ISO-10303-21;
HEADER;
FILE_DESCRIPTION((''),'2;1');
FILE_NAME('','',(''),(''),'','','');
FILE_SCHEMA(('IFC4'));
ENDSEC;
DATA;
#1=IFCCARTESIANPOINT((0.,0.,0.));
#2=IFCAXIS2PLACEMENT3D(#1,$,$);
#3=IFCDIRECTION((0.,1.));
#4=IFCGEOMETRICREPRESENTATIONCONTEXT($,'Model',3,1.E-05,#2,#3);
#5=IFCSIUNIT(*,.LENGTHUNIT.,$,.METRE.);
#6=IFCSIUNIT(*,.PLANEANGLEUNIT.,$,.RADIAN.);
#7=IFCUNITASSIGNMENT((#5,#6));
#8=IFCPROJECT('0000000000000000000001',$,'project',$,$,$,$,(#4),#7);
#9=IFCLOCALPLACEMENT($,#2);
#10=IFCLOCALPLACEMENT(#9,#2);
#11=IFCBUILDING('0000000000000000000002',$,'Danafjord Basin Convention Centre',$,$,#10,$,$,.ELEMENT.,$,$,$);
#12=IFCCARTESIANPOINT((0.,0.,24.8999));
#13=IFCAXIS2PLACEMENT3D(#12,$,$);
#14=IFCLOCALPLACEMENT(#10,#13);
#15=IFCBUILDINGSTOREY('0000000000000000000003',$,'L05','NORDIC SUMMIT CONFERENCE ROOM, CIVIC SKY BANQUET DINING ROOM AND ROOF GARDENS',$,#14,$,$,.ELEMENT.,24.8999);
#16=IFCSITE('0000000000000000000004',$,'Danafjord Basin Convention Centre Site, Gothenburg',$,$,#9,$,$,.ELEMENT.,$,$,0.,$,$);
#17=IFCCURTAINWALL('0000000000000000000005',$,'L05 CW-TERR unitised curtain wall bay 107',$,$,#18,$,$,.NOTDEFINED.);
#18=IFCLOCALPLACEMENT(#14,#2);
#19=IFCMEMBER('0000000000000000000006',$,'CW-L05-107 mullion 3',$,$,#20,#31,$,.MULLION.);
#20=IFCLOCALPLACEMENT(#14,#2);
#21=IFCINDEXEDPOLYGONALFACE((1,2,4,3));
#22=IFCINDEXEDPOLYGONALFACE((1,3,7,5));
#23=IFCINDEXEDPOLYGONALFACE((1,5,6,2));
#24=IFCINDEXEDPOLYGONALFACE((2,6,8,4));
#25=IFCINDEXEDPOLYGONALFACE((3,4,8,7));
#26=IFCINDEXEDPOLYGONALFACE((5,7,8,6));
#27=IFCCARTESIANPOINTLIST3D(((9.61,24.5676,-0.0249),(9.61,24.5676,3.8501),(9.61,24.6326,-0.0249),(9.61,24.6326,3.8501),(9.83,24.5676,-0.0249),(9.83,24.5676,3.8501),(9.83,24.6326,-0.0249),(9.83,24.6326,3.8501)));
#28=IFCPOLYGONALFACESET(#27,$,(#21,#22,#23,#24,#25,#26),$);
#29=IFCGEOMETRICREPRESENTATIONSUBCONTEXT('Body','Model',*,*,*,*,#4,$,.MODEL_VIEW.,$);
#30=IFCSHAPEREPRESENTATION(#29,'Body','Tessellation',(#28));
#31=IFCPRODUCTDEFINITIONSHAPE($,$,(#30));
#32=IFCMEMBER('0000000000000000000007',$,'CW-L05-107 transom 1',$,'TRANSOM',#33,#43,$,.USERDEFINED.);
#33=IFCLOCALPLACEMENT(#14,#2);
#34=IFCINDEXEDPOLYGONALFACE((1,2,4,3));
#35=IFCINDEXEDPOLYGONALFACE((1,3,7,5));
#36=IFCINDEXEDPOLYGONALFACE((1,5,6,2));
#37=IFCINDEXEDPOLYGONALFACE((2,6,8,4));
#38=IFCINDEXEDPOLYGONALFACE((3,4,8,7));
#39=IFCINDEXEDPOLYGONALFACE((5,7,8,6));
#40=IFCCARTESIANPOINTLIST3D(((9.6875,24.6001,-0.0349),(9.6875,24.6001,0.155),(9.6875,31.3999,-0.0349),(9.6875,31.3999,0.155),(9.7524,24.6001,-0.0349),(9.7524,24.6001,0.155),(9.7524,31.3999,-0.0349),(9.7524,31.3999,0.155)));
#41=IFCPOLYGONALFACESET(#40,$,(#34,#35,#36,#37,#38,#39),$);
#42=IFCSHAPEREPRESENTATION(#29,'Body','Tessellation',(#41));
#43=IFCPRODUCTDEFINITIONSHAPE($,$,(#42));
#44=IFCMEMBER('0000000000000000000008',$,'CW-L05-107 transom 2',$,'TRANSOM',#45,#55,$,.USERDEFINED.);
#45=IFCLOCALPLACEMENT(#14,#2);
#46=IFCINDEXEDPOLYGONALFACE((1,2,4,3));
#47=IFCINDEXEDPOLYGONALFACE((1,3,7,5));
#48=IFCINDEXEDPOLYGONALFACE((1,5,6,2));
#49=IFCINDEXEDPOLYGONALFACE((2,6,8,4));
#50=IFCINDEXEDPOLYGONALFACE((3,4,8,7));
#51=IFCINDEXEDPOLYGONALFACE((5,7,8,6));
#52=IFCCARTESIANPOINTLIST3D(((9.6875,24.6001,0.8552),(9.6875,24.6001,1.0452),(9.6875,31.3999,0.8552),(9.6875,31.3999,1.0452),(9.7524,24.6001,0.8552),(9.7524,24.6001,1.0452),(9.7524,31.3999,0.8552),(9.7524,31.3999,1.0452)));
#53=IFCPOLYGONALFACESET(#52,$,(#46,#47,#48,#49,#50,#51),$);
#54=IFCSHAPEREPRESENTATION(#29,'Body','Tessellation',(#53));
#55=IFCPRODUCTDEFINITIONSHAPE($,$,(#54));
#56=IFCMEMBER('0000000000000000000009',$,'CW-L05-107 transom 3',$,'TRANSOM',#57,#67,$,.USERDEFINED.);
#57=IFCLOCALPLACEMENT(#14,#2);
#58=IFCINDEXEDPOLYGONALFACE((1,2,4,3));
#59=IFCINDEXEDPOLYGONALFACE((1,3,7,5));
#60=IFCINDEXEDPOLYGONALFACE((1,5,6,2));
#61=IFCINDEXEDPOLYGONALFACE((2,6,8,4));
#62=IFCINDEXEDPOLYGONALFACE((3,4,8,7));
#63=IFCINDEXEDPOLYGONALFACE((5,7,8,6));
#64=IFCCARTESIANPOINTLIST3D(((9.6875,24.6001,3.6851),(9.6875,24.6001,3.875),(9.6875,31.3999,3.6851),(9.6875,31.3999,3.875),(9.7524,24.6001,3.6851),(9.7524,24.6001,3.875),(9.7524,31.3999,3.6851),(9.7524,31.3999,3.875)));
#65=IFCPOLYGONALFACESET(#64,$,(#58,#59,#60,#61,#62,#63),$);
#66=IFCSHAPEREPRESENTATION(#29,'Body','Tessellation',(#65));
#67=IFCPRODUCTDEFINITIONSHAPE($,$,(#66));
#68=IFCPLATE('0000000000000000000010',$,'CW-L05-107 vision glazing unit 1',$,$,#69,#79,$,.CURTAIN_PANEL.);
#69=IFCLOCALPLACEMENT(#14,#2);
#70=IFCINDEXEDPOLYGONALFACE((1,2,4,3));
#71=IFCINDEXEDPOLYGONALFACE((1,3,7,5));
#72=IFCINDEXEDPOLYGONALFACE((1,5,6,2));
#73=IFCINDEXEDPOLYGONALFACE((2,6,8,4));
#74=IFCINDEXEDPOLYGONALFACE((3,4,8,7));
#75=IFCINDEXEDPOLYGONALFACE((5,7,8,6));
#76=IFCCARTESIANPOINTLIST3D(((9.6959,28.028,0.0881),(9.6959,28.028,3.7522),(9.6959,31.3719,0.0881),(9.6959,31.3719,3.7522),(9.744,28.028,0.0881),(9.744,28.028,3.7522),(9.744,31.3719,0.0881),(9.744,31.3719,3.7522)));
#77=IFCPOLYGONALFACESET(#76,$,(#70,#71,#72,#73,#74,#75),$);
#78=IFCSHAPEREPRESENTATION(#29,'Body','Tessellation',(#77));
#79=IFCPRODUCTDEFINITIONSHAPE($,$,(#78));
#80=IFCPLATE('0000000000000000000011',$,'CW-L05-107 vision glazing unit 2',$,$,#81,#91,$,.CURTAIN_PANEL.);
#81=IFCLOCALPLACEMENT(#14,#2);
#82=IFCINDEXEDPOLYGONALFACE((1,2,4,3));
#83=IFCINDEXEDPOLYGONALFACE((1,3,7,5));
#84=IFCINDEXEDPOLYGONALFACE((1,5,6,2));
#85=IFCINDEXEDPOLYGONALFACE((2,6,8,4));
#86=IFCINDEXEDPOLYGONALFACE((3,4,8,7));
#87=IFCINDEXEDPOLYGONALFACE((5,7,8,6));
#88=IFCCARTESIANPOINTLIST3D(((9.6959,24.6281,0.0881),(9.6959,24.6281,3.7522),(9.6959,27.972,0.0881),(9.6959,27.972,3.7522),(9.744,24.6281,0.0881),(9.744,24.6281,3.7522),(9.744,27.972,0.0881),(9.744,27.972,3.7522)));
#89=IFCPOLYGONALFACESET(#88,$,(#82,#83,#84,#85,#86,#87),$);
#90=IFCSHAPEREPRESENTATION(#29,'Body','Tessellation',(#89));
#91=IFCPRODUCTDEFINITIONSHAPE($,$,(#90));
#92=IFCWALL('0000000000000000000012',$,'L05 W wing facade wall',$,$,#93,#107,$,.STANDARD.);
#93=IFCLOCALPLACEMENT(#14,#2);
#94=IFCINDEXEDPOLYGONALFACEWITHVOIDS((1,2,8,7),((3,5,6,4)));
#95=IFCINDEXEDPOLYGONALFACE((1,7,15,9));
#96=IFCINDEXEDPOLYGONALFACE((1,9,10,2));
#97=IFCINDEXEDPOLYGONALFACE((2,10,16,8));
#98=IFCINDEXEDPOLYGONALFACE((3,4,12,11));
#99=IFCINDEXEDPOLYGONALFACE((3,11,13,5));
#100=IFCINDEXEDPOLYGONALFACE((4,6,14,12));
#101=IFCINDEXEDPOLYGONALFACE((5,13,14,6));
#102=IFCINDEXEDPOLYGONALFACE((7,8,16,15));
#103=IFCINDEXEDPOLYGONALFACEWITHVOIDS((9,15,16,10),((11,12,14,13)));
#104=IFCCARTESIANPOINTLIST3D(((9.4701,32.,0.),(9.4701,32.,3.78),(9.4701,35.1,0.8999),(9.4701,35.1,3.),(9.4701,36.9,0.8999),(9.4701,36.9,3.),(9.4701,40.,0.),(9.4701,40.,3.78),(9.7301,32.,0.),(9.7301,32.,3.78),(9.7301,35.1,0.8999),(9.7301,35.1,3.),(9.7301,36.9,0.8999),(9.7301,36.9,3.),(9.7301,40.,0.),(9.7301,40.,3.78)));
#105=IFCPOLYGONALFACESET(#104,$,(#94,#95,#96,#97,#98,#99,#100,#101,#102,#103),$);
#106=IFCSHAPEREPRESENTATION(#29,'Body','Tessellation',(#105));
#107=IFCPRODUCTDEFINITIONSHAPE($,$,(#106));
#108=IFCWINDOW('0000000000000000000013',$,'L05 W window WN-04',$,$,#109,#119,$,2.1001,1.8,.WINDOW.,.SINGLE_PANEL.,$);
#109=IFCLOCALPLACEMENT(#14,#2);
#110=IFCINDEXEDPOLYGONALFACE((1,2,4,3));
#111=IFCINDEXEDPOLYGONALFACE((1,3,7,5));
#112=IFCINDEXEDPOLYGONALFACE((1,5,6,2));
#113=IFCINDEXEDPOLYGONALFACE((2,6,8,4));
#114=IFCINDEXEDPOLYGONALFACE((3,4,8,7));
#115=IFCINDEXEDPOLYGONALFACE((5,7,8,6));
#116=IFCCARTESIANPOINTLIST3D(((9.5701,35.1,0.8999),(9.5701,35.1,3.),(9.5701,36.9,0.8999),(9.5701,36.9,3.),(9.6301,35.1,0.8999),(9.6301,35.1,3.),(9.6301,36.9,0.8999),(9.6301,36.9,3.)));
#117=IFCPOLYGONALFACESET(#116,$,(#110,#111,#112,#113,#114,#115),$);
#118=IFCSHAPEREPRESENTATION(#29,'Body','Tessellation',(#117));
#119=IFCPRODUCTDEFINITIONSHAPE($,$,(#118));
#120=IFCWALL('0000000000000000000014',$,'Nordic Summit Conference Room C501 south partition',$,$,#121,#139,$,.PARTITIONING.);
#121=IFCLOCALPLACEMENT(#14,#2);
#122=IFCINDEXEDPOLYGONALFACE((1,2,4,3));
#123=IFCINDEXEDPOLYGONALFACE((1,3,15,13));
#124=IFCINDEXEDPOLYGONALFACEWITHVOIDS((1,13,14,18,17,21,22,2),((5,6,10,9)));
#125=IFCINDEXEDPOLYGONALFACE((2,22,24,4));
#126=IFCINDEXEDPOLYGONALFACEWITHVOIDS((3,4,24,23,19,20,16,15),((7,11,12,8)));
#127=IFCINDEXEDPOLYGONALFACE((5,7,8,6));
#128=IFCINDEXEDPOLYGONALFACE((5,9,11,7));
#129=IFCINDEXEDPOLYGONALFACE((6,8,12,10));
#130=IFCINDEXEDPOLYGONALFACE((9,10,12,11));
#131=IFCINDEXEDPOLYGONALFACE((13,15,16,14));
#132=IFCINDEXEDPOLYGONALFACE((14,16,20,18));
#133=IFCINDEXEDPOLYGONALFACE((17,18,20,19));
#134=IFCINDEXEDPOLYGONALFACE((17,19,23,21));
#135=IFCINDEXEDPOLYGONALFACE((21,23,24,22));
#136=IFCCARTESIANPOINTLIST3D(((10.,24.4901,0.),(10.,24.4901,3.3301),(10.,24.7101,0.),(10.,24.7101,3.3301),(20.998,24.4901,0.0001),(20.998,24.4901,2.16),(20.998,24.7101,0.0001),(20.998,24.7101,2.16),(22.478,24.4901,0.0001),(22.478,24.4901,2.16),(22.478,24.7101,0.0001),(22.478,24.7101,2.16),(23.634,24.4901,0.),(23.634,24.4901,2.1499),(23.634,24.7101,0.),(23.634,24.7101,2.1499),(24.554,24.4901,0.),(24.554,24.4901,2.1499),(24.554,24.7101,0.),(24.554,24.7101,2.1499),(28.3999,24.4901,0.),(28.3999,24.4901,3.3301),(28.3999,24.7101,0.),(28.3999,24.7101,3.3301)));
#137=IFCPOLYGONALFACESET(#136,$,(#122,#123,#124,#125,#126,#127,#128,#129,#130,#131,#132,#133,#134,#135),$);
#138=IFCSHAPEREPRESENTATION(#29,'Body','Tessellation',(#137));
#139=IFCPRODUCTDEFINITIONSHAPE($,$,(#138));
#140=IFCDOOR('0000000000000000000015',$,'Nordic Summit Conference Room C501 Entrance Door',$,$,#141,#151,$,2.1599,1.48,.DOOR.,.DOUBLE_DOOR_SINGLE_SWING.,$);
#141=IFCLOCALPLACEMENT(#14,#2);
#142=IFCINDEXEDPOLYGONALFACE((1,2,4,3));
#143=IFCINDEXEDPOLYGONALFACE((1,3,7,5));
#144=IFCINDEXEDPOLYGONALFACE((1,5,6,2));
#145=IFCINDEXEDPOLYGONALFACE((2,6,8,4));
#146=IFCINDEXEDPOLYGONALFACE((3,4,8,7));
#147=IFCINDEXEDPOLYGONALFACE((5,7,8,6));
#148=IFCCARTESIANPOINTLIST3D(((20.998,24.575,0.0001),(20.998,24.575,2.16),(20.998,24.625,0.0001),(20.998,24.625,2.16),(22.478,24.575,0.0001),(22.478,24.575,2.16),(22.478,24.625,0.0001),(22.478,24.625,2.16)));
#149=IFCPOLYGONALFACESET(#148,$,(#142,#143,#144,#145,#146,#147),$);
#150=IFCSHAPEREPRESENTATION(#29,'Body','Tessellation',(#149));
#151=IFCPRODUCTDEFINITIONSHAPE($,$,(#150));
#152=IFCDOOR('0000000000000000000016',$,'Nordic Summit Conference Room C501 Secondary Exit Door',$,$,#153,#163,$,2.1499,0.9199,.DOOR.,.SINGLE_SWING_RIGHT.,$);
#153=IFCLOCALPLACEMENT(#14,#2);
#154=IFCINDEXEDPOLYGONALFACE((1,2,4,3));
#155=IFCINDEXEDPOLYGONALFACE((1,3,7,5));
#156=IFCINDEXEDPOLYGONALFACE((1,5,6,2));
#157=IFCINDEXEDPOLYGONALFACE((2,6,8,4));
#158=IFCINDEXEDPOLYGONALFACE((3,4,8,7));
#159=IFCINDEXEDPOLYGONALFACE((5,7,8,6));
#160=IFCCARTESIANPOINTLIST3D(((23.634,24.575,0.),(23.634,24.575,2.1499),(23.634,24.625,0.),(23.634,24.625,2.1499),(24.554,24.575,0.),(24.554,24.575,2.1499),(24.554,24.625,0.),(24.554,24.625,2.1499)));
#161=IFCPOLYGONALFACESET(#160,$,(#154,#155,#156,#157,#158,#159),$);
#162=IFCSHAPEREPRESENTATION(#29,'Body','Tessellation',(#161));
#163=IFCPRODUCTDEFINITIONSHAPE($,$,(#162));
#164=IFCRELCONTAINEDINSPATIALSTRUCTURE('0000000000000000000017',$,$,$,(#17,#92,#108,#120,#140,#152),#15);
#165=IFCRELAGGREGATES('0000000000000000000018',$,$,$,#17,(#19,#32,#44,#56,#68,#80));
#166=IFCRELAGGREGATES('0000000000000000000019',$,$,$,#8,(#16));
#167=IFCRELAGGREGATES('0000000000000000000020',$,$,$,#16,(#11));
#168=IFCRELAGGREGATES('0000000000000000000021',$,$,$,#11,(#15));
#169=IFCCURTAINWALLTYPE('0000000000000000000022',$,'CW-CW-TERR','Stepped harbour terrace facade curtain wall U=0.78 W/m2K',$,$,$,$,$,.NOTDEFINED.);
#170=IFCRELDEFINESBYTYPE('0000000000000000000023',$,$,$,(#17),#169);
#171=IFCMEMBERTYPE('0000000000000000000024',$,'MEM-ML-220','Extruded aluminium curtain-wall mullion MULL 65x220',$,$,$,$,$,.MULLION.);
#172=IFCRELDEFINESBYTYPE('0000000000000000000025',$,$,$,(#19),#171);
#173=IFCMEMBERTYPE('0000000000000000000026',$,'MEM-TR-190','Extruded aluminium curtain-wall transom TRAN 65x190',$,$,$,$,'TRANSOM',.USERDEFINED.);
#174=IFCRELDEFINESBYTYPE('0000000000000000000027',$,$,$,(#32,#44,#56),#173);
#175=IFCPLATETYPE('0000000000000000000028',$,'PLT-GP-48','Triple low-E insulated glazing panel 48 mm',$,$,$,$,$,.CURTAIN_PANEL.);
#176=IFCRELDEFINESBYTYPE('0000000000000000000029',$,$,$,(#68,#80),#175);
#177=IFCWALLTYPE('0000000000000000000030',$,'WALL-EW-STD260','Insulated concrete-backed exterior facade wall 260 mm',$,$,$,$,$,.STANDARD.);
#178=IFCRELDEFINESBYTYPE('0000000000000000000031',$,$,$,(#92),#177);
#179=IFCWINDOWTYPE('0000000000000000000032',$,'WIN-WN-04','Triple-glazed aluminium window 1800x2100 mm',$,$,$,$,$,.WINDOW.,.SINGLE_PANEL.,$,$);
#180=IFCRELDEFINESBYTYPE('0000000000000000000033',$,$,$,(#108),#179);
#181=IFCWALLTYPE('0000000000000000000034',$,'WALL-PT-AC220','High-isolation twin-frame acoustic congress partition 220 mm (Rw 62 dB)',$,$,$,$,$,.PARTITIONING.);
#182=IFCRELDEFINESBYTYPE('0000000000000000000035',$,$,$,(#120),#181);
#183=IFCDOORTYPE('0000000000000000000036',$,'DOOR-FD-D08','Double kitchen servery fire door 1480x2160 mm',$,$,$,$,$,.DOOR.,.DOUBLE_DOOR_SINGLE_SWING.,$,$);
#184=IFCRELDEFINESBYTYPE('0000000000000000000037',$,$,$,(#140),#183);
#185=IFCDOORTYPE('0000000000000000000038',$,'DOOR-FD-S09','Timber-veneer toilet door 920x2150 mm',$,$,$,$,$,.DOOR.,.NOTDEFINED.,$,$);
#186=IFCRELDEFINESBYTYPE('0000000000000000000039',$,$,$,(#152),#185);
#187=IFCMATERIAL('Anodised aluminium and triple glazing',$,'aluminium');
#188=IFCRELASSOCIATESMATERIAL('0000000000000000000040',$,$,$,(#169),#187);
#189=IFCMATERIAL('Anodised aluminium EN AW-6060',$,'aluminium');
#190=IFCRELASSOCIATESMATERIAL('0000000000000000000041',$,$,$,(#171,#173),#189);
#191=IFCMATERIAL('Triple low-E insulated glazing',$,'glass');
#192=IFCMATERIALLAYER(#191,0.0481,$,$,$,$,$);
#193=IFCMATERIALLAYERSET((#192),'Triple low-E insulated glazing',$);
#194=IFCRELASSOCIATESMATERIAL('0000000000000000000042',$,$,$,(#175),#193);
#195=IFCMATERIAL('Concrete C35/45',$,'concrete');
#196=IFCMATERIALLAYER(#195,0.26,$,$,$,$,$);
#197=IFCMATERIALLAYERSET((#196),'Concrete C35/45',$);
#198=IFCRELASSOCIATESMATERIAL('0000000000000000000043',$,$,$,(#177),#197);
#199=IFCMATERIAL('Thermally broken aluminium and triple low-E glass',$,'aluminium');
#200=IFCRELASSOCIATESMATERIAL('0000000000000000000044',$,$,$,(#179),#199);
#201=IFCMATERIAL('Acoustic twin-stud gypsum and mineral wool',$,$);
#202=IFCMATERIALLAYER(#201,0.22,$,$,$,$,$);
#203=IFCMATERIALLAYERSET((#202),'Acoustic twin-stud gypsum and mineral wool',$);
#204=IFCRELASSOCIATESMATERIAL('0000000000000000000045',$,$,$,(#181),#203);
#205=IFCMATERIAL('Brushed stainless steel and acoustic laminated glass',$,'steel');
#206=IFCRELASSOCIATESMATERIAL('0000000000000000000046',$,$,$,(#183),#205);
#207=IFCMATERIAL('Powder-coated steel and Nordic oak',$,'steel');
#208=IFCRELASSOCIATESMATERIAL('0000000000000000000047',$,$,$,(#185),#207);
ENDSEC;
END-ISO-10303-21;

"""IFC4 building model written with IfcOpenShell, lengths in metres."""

from ifc_helpers import new_model, si_unit, direction, frame, frame_2d, origin, origin_2d, place, context, subcontext, project, spatial, rectangle, extrude, material, layer, layer_set, material_profile, profile_set, type_object, element, fill, aggregate, save


model = new_model("IFC4")

# Units and contexts
model_context = context("Model", 3, precision=1e-05, world=origin(), true_north=direction((0.0, 1.0)))
body_context = subcontext(model_context, "Body", "Model", "MODEL_VIEW")
ifc_project = project(units=[si_unit("LENGTHUNIT", "METRE"), si_unit("PLANEANGLEUNIT", "RADIAN")], contexts=[model_context])

# Site, building, storey
site_placement = place(None, origin())
site = spatial("IfcSite", under=ifc_project, at=site_placement, Name="Danafjord Basin Convention Centre Site, Gothenburg", CompositionType="ELEMENT", RefElevation=0.0)
building_placement = place(site_placement, origin())
building = spatial("IfcBuilding", under=site, at=building_placement, Name="Danafjord Basin Convention Centre", CompositionType="ELEMENT")
storey_placement = place(building_placement, frame((0.0, 0.0, 24.8999)))
storey = spatial("IfcBuildingStorey", under=building, at=storey_placement, Name="L05", Description="NORDIC SUMMIT CONFERENCE ROOM, CIVIC SKY BANQUET DINING ROOM AND ROOF GARDENS", CompositionType="ELEMENT", Elevation=24.8999)

# Curtain wall, members, plates
ifc_material_1 = material(Name="Anodised aluminium and triple glazing", Category="aluminium")
curtain_wall_type = type_object("IfcCurtainWallType", Name="CW-CW-TERR", Description="Stepped harbour terrace facade curtain wall U=0.78 W/m2K", PredefinedType="NOTDEFINED", material=ifc_material_1)
curtain_wall_placement = place(storey_placement, origin())
curtain_wall = element("IfcCurtainWall", 1, at=curtain_wall_placement, inside=storey, type_object=curtain_wall_type, Name="L05 CW-TERR unitised curtain wall bay 107", PredefinedType="NOTDEFINED")
ifc_material_2 = material(Name="Anodised aluminium EN AW-6060", Category="aluminium")
ifc_material_profile_1 = material_profile(ifc_material_2, rectangle(XDim=0.0649, YDim=0.22, at=origin_2d()), Name="MULL 65x220")
ifc_profile_set_1 = profile_set([ifc_material_profile_1], Name="Anodised aluminium EN AW-6060")
member_type_1 = type_object("IfcMemberType", Name="MEM-ML-220", Description="Extruded aluminium curtain-wall mullion MULL 65x220", PredefinedType="MULLION", material=ifc_profile_set_1)
member_1_placement = place(storey_placement, frame((9.72, 24.6001, -0.0249), z_axis=(0.0, 0.0, 1.0), x_axis=(0.0, -1.0, 0.0)))
member_1 = element("IfcMember", 2, at=member_1_placement, type_object=member_type_1, Name="CW-L05-107 mullion 3", PredefinedType="MULLION", context=body_context, shape_type="SweptSolid", body=[
    extrude(rectangle(XDim=0.0649, YDim=0.22, at=origin_2d()), origin(), (0.0, 0.0, 1.0), 3.875),
])
ifc_material_profile_2 = material_profile(ifc_material_2, rectangle(XDim=0.0649, YDim=0.1899, at=origin_2d()), Name="TRAN 65x190")
ifc_profile_set_2 = profile_set([ifc_material_profile_2], Name="Anodised aluminium EN AW-6060")
member_type_2 = type_object("IfcMemberType", Name="MEM-TR-190", Description="Extruded aluminium curtain-wall transom TRAN 65x190", ElementType="TRANSOM", PredefinedType="USERDEFINED", material=ifc_profile_set_2)
member_2_placement = place(storey_placement, frame((9.72, 31.3999, 0.0601), z_axis=(0.0, -1.0, 0.0), x_axis=(1.0, 0.0, 0.0)))
member_2 = element("IfcMember", 3, at=member_2_placement, type_object=member_type_2, Name="CW-L05-107 transom 1", ObjectType="TRANSOM", PredefinedType="USERDEFINED", context=body_context, shape_type="SweptSolid", body=[
    extrude(rectangle(XDim=0.0649, YDim=0.1899, at=origin_2d()), origin(), (0.0, 0.0, 1.0), 6.7998),
])
member_3_placement = place(storey_placement, frame((9.72, 31.3999, 0.9502), z_axis=(0.0, -1.0, 0.0), x_axis=(1.0, 0.0, 0.0)))
member_3 = element("IfcMember", 4, at=member_3_placement, type_object=member_type_2, Name="CW-L05-107 transom 2", ObjectType="TRANSOM", PredefinedType="USERDEFINED", context=body_context, shape_type="SweptSolid", body=[
    extrude(rectangle(XDim=0.0649, YDim=0.1899, at=origin_2d()), origin(), (0.0, 0.0, 1.0), 6.7998),
])
member_4_placement = place(storey_placement, frame((9.72, 31.3999, 3.78), z_axis=(0.0, -1.0, 0.0), x_axis=(1.0, 0.0, 0.0)))
member_4 = element("IfcMember", 5, at=member_4_placement, type_object=member_type_2, Name="CW-L05-107 transom 3", ObjectType="TRANSOM", PredefinedType="USERDEFINED", context=body_context, shape_type="SweptSolid", body=[
    extrude(rectangle(XDim=0.0649, YDim=0.1899, at=origin_2d()), origin(), (0.0, 0.0, 1.0), 6.7998),
])
ifc_material_3 = material(Name="Triple low-E insulated glazing", Category="glass")
ifc_layer_1 = layer(ifc_material_3, 0.0481)
ifc_layer_set_1 = layer_set([ifc_layer_1], Name="Triple low-E insulated glazing")
plate_type = type_object("IfcPlateType", Name="PLT-GP-48", Description="Triple low-E insulated glazing panel 48 mm", PredefinedType="CURTAIN_PANEL", material=ifc_layer_set_1)
plate_1_placement = place(storey_placement, frame((9.72, 29.7, 0.0881), z_axis=(0.0, 0.0, 1.0), x_axis=(0.0, -1.0, 0.0)))
plate_1 = element("IfcPlate", 6, at=plate_1_placement, type_object=plate_type, Name="CW-L05-107 vision glazing unit 1", PredefinedType="CURTAIN_PANEL", context=body_context, shape_type="SweptSolid", body=[
    extrude(rectangle(XDim=3.344, YDim=0.0481, at=origin_2d()), origin(), (0.0, 0.0, 1.0), 3.6641),
])
plate_2_placement = place(storey_placement, frame((9.72, 26.3, 0.0881), z_axis=(0.0, 0.0, 1.0), x_axis=(0.0, -1.0, 0.0)))
plate_2 = element("IfcPlate", 7, at=plate_2_placement, type_object=plate_type, Name="CW-L05-107 vision glazing unit 2", PredefinedType="CURTAIN_PANEL", context=body_context, shape_type="SweptSolid", body=[
    extrude(rectangle(XDim=3.344, YDim=0.0481, at=origin_2d()), origin(), (0.0, 0.0, 1.0), 3.6641),
])
aggregate(curtain_wall, [member_1, member_2, member_3, member_4, plate_1, plate_2])

# Wall, opening, window
ifc_material_4 = material(Name="Concrete C35/45", Category="concrete")
ifc_layer_2 = layer(ifc_material_4, 0.26)
ifc_layer_set_2 = layer_set([ifc_layer_2], Name="Concrete C35/45")
wall_type_1 = type_object("IfcWallType", Name="WALL-EW-STD260", Description="Insulated concrete-backed exterior facade wall 260 mm", PredefinedType="STANDARD", material=ifc_layer_set_2)
wall_1_placement = place(storey_placement, frame((9.6001, 32.0, 0.0), z_axis=(0.0, 0.0, 1.0), x_axis=(0.0, 1.0, 0.0)))
wall_1 = element("IfcWall", 8, at=wall_1_placement, inside=storey, type_object=wall_type_1, Name="L05 W wing facade wall", PredefinedType="STANDARD", context=body_context, shape_type="SweptSolid", body=[
    extrude(rectangle(XDim=8.0, YDim=0.26, at=frame_2d((4.0, 0.0))), origin(), (0.0, 0.0, 1.0), 3.78),
])
opening_1_placement = place(wall_1_placement, frame((3.1001, 0.0, 0.8999)))
opening_1 = element("IfcOpeningElement", 9, at=opening_1_placement, cuts=wall_1, PredefinedType="OPENING", context=body_context, shape_type="SweptSolid", body=[
    extrude(rectangle(XDim=1.8, YDim=2.1001, at=frame_2d((0.8999, 1.05))), frame((0.0, 0.1399, 0.0), z_axis=(0.0, -1.0, 0.0), x_axis=(1.0, 0.0, 0.0)), (0.0, 0.0, 1.0), 0.28),
])
ifc_material_5 = material(Name="Thermally broken aluminium and triple low-E glass", Category="aluminium")
window_type = type_object("IfcWindowType", Name="WIN-WN-04", Description="Triple-glazed aluminium window 1800x2100 mm", PartitioningType="SINGLE_PANEL", PredefinedType="WINDOW", material=ifc_material_5)
window_placement = place(opening_1_placement, origin())
window = element("IfcWindow", 10, at=window_placement, inside=storey, type_object=window_type, Name="L05 W window WN-04", OverallHeight=2.1001, OverallWidth=1.8, PartitioningType="SINGLE_PANEL", PredefinedType="WINDOW", context=body_context, shape_type="SweptSolid", body=[
    extrude(rectangle(XDim=1.8, YDim=2.1001, at=frame_2d((0.8999, 1.05))), frame((0.0, 0.03, 0.0), z_axis=(0.0, -1.0, 0.0), x_axis=(1.0, 0.0, 0.0)), (0.0, 0.0, 1.0), 0.0601),
])
fill(opening_1, window)

# Wall, openings, doors
ifc_material_6 = material(Name="Acoustic twin-stud gypsum and mineral wool")
ifc_layer_3 = layer(ifc_material_6, 0.22)
ifc_layer_set_3 = layer_set([ifc_layer_3], Name="Acoustic twin-stud gypsum and mineral wool")
wall_type_2 = type_object("IfcWallType", Name="WALL-PT-AC220", Description="High-isolation twin-frame acoustic congress partition 220 mm (Rw 62 dB)", PredefinedType="PARTITIONING", material=ifc_layer_set_3)
wall_2_placement = place(storey_placement, frame((10.0, 24.6001, 0.0), z_axis=(0.0, 0.0, 1.0), x_axis=(1.0, 0.0, 0.0)))
wall_2 = element("IfcWall", 11, at=wall_2_placement, inside=storey, type_object=wall_type_2, Name="Nordic Summit Conference Room C501 south partition", PredefinedType="PARTITIONING", context=body_context, shape_type="SweptSolid", body=[
    extrude(rectangle(XDim=18.3999, YDim=0.22, at=frame_2d((9.2, 0.0))), origin(), (0.0, 0.0, 1.0), 3.3301),
])
opening_2_placement = place(wall_2_placement, frame((10.998, 0.0, 0.0)))
opening_2 = element("IfcOpeningElement", 12, at=opening_2_placement, cuts=wall_2, PredefinedType="OPENING", context=body_context, shape_type="SweptSolid", body=[
    extrude(rectangle(XDim=1.48, YDim=2.1599, at=frame_2d((0.74, 1.0801))), frame((0.0, 0.1199, 0.0), z_axis=(0.0, -1.0, 0.0), x_axis=(1.0, 0.0, 0.0)), (0.0, 0.0, 1.0), 0.24),
])
opening_3_placement = place(wall_2_placement, frame((13.634, 0.0, 0.0)))
opening_3 = element("IfcOpeningElement", 13, at=opening_3_placement, cuts=wall_2, PredefinedType="OPENING", context=body_context, shape_type="SweptSolid", body=[
    extrude(rectangle(XDim=0.9199, YDim=2.1499, at=frame_2d((0.46, 1.075))), frame((0.0, 0.1199, 0.0), z_axis=(0.0, -1.0, 0.0), x_axis=(1.0, 0.0, 0.0)), (0.0, 0.0, 1.0), 0.24),
])
ifc_material_7 = material(Name="Brushed stainless steel and acoustic laminated glass", Category="steel")
door_type_1 = type_object("IfcDoorType", Name="DOOR-FD-D08", Description="Double kitchen servery fire door 1480x2160 mm", OperationType="DOUBLE_DOOR_SINGLE_SWING", PredefinedType="DOOR", material=ifc_material_7)
door_1_placement = place(opening_2_placement, origin())
door_1 = element("IfcDoor", 14, at=door_1_placement, inside=storey, type_object=door_type_1, Name="Nordic Summit Conference Room C501 Entrance Door", OperationType="DOUBLE_DOOR_SINGLE_SWING", OverallHeight=2.1599, OverallWidth=1.48, PredefinedType="DOOR", context=body_context, shape_type="SweptSolid", body=[
    extrude(rectangle(XDim=1.48, YDim=2.1599, at=frame_2d((0.74, 1.0801))), frame((0.0, 0.0249, 0.0), z_axis=(0.0, -1.0, 0.0), x_axis=(1.0, 0.0, 0.0)), (0.0, 0.0, 1.0), 0.05),
])
fill(opening_2, door_1)
ifc_material_8 = material(Name="Powder-coated steel and Nordic oak", Category="steel")
door_type_2 = type_object("IfcDoorType", Name="DOOR-FD-S09", Description="Timber-veneer toilet door 920x2150 mm", OperationType="NOTDEFINED", PredefinedType="DOOR", material=ifc_material_8)
door_2_placement = place(opening_3_placement, origin())
door_2 = element("IfcDoor", 15, at=door_2_placement, inside=storey, type_object=door_type_2, Name="Nordic Summit Conference Room C501 Secondary Exit Door", OperationType="SINGLE_SWING_RIGHT", OverallHeight=2.1499, OverallWidth=0.9199, PredefinedType="DOOR", context=body_context, shape_type="SweptSolid", body=[
    extrude(rectangle(XDim=0.9199, YDim=2.1499, at=frame_2d((0.46, 1.075))), frame((0.0, 0.0249, 0.0), z_axis=(0.0, -1.0, 0.0), x_axis=(1.0, 0.0, 0.0)), (0.0, 0.0, 1.0), 0.05),
])
fill(opening_3, door_2)

save(model, "model.ifc")
